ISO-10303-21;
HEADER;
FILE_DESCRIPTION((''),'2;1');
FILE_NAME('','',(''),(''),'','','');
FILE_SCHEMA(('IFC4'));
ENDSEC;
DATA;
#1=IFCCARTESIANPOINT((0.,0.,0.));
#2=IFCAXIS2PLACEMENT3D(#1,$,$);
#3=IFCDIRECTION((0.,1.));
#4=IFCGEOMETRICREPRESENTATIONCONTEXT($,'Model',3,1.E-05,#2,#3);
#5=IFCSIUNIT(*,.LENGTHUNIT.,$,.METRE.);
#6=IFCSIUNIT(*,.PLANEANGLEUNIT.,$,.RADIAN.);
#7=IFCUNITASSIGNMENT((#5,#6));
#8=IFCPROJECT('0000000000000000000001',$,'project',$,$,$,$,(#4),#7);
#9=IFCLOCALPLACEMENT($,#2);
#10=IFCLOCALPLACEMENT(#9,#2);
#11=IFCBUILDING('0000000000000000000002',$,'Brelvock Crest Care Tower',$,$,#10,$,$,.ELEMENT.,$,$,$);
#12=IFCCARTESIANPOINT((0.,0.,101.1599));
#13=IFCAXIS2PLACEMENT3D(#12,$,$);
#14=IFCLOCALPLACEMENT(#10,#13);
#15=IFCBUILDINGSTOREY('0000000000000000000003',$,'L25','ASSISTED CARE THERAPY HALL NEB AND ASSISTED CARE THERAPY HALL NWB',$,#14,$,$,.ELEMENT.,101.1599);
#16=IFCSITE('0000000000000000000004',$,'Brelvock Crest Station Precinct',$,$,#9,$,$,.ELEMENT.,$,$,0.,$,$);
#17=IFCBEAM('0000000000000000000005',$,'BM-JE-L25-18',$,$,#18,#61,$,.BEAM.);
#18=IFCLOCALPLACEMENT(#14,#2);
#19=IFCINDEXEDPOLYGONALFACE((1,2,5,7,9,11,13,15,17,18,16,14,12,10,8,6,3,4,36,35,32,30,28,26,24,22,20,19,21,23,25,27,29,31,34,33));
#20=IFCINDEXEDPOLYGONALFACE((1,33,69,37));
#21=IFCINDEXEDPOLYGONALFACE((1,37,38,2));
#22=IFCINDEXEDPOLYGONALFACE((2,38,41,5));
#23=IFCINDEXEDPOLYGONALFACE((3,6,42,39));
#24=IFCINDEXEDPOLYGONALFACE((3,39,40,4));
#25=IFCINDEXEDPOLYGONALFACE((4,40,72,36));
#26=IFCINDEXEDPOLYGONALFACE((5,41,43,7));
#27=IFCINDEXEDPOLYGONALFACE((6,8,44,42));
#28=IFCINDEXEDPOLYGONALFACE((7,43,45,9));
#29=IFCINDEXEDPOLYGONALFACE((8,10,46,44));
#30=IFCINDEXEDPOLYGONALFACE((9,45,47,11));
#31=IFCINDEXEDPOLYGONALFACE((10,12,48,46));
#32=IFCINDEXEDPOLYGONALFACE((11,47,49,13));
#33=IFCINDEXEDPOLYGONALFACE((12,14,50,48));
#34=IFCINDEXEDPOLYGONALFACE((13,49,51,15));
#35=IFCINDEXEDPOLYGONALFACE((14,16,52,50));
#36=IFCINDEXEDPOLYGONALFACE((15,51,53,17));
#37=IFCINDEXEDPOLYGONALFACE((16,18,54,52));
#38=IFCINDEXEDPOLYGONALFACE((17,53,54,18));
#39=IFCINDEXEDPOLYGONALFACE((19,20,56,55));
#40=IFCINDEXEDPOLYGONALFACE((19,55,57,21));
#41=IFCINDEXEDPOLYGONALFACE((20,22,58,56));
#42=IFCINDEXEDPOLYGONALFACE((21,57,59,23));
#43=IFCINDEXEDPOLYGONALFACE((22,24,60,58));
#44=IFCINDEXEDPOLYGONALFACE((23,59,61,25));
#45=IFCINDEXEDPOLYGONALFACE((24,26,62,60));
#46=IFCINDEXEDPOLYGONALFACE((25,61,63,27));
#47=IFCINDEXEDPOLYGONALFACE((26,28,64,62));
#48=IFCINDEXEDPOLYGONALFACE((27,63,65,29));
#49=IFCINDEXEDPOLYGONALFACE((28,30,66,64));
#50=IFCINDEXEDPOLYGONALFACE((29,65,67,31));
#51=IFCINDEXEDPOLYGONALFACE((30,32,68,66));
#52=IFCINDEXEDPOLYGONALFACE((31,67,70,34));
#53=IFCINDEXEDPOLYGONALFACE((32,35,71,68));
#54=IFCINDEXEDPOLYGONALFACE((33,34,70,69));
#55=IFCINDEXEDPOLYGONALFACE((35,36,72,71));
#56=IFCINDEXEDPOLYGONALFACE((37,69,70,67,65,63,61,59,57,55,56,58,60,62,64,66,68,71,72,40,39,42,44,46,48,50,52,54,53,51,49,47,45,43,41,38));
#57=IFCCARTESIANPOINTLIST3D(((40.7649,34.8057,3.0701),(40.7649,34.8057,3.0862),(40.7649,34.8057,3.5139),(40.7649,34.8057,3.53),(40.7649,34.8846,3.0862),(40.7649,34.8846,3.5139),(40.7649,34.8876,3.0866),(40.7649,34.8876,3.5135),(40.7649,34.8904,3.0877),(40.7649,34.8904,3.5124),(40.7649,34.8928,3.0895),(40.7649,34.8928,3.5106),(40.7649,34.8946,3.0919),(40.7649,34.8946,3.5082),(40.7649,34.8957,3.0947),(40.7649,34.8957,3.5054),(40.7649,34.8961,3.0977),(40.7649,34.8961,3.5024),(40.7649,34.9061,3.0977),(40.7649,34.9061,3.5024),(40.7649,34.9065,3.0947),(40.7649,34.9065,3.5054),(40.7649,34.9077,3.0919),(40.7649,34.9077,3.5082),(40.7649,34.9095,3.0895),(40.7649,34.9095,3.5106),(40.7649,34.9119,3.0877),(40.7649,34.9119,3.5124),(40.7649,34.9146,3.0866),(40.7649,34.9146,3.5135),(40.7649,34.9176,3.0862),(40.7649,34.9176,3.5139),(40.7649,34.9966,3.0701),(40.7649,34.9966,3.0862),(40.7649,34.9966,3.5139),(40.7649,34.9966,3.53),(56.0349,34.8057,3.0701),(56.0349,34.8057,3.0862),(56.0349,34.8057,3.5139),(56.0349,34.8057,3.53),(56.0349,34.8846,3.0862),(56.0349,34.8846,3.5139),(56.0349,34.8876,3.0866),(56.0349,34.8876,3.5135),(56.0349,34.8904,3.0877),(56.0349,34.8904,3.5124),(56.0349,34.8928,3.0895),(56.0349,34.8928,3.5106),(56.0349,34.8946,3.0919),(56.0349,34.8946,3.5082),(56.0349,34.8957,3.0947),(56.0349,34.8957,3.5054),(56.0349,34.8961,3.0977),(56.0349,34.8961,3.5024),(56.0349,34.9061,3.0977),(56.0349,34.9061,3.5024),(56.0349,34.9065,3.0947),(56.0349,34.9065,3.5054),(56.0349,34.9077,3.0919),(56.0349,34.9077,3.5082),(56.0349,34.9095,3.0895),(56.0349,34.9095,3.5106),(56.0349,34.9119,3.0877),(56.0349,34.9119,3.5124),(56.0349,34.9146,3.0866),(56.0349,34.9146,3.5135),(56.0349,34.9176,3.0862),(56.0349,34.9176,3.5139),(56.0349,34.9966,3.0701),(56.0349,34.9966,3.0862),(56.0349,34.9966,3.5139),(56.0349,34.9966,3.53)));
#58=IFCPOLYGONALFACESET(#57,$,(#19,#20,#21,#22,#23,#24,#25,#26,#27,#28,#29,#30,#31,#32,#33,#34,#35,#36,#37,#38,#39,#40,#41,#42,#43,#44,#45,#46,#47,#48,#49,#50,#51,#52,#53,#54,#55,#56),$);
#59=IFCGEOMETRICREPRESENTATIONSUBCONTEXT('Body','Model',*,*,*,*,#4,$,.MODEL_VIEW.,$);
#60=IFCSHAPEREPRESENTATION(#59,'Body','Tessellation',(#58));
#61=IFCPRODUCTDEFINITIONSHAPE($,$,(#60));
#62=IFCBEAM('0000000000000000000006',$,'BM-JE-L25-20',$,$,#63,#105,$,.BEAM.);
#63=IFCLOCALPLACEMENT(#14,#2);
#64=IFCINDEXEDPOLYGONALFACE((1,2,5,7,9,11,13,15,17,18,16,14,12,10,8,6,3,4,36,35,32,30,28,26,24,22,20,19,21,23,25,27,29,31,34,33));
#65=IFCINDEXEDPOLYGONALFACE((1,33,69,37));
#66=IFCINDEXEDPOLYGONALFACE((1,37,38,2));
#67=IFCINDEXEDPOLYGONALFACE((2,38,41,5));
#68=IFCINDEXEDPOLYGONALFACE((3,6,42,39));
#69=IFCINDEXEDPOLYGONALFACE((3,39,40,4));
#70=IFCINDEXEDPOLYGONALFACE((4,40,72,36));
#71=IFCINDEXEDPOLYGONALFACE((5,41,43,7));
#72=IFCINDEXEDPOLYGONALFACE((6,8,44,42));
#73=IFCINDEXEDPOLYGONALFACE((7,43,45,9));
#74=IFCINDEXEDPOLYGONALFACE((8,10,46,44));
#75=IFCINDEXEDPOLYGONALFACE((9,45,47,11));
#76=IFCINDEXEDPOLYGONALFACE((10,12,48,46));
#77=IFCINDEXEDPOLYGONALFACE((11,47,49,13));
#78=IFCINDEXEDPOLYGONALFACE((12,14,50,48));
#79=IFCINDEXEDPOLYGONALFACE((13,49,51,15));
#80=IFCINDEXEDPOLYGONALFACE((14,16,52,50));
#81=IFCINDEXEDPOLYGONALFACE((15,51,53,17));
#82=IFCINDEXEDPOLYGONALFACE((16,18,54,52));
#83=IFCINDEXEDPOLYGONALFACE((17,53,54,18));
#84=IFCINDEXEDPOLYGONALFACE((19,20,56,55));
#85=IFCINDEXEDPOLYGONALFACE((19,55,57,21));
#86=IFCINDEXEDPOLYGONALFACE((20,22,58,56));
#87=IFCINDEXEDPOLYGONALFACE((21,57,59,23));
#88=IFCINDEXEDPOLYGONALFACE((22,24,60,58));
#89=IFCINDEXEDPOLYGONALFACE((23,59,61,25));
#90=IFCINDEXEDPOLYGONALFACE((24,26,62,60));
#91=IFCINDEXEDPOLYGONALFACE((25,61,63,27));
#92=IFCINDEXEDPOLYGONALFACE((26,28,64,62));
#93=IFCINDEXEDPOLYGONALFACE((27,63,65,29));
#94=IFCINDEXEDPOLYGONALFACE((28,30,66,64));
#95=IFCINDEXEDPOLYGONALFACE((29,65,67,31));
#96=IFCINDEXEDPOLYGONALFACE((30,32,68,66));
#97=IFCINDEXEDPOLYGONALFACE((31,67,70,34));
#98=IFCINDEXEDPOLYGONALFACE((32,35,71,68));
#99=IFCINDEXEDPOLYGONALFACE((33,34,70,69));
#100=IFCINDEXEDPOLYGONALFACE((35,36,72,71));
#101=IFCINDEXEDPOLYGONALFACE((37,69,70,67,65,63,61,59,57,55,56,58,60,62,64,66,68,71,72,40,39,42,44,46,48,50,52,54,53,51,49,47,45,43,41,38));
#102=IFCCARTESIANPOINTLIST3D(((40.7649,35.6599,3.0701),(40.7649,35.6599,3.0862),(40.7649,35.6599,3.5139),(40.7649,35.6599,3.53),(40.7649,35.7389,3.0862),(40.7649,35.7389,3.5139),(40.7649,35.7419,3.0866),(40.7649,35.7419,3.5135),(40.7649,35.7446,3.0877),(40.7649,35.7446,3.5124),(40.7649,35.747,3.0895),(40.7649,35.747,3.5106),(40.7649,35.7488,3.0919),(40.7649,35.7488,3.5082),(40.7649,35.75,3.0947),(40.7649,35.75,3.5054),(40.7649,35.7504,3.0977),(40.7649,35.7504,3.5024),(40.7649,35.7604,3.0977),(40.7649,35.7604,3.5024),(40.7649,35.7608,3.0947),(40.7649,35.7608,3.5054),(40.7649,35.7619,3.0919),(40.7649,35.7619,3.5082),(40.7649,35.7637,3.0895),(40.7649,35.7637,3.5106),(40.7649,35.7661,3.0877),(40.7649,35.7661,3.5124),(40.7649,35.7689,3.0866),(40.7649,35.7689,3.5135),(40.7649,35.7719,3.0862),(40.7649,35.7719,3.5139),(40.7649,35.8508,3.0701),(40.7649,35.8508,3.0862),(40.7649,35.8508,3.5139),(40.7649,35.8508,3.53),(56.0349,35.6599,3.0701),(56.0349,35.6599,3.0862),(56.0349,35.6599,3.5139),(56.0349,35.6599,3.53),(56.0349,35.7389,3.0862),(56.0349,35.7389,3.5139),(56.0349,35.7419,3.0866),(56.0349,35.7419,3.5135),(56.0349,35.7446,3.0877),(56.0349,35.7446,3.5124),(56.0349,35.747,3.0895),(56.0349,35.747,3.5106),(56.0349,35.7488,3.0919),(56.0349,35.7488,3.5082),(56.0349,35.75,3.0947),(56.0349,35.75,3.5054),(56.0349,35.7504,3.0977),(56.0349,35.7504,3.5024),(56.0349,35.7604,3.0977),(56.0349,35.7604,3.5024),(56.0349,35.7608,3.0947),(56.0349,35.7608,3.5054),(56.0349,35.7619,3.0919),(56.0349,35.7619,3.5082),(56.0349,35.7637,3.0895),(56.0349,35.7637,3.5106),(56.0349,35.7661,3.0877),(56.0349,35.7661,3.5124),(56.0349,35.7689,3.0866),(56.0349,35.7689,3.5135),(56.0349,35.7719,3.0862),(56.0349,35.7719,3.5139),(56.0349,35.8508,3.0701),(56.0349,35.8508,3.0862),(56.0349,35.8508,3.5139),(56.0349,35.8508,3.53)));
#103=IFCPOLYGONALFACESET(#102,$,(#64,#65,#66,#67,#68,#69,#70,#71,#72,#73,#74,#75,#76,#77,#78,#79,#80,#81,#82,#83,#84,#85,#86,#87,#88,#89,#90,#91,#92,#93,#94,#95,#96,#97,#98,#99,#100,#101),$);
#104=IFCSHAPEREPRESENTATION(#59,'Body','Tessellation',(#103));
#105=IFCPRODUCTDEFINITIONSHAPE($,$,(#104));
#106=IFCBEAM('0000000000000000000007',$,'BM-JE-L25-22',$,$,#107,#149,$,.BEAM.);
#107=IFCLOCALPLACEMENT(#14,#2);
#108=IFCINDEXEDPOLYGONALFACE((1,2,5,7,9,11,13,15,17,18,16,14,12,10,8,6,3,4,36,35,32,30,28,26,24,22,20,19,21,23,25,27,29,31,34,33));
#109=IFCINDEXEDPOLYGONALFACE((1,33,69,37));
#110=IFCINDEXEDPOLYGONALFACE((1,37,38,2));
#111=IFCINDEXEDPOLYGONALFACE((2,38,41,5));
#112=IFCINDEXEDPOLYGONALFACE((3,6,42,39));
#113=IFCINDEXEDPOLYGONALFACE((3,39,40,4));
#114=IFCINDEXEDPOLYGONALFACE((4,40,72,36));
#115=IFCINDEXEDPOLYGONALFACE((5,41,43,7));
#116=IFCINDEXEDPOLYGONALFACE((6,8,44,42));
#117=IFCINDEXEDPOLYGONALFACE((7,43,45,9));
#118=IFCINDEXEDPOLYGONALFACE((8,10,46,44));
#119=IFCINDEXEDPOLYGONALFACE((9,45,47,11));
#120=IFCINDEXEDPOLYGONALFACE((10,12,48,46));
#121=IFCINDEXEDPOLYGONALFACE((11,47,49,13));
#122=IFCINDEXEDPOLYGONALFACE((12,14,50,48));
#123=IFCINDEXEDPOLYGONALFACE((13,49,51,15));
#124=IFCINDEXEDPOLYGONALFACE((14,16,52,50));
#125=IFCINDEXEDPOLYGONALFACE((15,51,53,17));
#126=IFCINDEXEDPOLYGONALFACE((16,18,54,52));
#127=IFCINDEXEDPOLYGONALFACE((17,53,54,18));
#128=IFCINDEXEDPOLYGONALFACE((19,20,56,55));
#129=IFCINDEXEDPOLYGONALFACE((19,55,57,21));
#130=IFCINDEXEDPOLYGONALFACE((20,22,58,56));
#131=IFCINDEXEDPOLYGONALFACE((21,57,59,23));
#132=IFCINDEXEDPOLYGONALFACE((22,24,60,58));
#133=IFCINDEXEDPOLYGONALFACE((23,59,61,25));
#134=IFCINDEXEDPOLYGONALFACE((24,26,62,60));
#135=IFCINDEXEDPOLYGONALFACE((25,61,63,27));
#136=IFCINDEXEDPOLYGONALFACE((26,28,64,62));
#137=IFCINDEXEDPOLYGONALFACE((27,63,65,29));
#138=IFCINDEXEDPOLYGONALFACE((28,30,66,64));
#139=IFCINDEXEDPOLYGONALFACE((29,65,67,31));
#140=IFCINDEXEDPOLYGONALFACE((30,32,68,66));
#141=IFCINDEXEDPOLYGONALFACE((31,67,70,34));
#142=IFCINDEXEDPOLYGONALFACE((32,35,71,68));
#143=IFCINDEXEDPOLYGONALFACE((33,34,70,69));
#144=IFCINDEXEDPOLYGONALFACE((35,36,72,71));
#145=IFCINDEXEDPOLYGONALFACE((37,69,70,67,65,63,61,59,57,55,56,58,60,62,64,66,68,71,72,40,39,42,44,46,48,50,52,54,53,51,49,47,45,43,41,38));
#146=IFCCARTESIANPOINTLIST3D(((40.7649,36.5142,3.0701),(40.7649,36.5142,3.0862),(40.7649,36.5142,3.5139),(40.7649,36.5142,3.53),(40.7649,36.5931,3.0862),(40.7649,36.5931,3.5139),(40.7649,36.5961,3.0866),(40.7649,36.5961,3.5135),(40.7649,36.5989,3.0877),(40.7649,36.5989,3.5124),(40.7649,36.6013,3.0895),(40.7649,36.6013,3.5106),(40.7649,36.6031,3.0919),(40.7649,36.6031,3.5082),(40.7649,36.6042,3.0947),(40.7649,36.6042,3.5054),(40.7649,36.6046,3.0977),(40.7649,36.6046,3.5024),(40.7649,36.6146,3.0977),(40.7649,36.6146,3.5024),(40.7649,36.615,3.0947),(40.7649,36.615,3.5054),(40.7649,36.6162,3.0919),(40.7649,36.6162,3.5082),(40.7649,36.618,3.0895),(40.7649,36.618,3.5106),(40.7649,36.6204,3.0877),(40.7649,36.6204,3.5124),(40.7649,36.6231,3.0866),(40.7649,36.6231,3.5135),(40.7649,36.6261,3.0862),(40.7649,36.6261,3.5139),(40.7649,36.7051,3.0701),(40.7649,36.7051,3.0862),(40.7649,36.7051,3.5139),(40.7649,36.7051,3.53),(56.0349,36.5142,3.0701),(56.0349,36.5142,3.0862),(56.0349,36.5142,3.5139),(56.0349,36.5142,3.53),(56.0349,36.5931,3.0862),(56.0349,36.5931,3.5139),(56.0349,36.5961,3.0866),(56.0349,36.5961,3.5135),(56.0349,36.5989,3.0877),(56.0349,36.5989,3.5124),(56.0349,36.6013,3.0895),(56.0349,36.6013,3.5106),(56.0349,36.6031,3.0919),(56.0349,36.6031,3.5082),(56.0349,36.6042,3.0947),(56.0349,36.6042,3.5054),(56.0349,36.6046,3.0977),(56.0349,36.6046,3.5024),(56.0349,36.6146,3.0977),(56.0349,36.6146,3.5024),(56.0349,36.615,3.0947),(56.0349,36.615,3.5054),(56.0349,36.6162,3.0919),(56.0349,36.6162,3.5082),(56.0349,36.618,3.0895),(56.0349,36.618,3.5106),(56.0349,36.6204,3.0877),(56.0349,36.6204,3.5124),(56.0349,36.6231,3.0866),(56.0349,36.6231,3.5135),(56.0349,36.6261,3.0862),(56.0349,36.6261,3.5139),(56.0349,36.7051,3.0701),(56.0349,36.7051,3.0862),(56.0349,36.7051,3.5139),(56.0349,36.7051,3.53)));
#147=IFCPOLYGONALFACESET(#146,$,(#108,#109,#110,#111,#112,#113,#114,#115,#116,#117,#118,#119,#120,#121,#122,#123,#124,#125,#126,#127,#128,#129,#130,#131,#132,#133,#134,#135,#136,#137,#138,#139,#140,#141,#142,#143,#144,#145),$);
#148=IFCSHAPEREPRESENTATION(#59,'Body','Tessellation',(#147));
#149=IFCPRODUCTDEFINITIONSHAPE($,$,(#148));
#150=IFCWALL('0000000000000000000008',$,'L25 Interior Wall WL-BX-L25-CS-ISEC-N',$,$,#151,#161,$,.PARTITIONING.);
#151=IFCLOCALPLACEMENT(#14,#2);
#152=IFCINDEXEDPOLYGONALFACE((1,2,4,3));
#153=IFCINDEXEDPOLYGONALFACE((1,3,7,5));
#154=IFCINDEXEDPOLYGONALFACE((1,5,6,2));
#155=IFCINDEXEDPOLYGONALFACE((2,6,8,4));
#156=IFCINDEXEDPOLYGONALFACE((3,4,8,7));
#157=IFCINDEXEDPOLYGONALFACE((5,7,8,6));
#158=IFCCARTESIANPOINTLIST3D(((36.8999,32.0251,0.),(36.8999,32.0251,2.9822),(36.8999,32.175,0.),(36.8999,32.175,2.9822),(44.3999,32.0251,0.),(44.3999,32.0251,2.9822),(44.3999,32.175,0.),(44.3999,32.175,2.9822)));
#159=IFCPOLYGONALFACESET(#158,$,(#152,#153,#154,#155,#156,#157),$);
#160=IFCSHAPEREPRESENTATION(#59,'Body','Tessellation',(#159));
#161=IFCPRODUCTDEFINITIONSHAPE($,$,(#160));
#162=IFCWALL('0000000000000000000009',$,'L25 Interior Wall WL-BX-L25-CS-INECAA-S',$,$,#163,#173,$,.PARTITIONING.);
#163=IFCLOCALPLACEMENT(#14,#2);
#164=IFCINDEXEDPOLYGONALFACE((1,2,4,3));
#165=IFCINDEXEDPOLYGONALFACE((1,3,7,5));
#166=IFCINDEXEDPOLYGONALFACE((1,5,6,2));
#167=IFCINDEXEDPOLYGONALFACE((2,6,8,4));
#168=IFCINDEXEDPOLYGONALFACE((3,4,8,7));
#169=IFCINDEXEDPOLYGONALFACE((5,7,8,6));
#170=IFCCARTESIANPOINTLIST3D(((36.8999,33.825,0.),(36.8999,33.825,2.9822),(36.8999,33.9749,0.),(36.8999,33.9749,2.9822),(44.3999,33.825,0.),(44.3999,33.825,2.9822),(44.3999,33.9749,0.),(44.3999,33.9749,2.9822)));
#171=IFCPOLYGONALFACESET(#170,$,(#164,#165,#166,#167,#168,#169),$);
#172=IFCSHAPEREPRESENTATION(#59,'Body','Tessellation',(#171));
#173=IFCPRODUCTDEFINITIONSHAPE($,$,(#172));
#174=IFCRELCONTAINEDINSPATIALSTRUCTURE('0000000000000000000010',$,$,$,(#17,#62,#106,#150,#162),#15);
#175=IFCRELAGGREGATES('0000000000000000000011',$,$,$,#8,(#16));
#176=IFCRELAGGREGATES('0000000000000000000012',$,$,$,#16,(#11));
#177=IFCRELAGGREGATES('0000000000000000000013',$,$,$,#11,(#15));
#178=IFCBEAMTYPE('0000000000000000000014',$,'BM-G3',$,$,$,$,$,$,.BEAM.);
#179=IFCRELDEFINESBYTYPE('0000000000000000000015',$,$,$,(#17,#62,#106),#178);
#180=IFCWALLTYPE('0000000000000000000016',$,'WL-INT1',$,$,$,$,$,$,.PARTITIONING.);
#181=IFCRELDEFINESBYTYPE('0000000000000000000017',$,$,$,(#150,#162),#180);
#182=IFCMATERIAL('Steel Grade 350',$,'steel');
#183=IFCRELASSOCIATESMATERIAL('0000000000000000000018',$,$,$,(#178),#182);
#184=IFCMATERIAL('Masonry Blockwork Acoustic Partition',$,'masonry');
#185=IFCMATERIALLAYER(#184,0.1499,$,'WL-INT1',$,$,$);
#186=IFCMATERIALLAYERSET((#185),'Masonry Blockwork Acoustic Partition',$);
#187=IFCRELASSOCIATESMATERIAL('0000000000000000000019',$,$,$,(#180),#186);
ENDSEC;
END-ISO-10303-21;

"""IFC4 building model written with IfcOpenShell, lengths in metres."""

from ifc_helpers import new_model, si_unit, direction, frame, frame_2d, origin, origin_2d, place, context, subcontext, project, spatial, rectangle, i_section, extrude, source, transform, mapped, material, layer, layer_set, material_profile, profile_set, type_object, element, save


model = new_model("IFC4")

# Units and contexts
model_context = context("Model", 3, precision=1e-05, world=origin(), true_north=direction((0.0, 1.0)))
body_context = subcontext(model_context, "Body", "Model", "MODEL_VIEW")
ifc_project = project(units=[si_unit("LENGTHUNIT", "METRE"), si_unit("PLANEANGLEUNIT", "RADIAN")], contexts=[model_context])

# Site, building, storey
site_placement = place(None, origin())
site = spatial("IfcSite", under=ifc_project, at=site_placement, Name="Brelvock Crest Station Precinct", CompositionType="ELEMENT", RefElevation=0.0)
building_placement = place(site_placement, origin())
building = spatial("IfcBuilding", under=site, at=building_placement, Name="Brelvock Crest Care Tower", CompositionType="ELEMENT")
storey_placement = place(building_placement, frame((0.0, 0.0, 101.1599)))
storey = spatial("IfcBuildingStorey", under=building, at=storey_placement, Name="L25", Description="ASSISTED CARE THERAPY HALL NEB AND ASSISTED CARE THERAPY HALL NWB", CompositionType="ELEMENT", Elevation=101.1599)

# Beams
ifc_material_1 = material(Name="Steel Grade 350", Category="steel")
ifc_material_profile_1 = material_profile(ifc_material_1, i_section(OverallWidth=0.1909, OverallDepth=0.46, WebThickness=0.01, FlangeThickness=0.0161, FilletRadius=0.0115, at=origin_2d()), Name="460UB82.1")
ifc_profile_set_1 = profile_set([ifc_material_profile_1], Name="Steel Grade 350")
beam_type_1 = type_object("IfcBeamType", Name="BM-G3", PredefinedType="BEAM", material=ifc_profile_set_1)
shared_shape_1 = source(origin(), body_context, "Body", "SweptSolid", [
    extrude(i_section(OverallWidth=0.1909, OverallDepth=0.46, WebThickness=0.01, FlangeThickness=0.0161, FilletRadius=0.0115, at=origin_2d()), origin(), (0.0, 0.0, 1.0), 15.27),
])
for number, where, z_axis, x_axis, name in (
    (1, (40.7649, 34.9011, 3.3), (1.0, 0.0, 0.0), (0.0, 1.0, 0.0), "BM-JE-L25-18"),
    (2, (40.7649, 35.7554, 3.3), (1.0, 0.0, 0.0), (0.0, 1.0, 0.0), "BM-JE-L25-20"),
    (3, (40.7649, 36.6096, 3.3), (1.0, 0.0, 0.0), (0.0, 1.0, 0.0), "BM-JE-L25-22"),
):
    element("IfcBeam", number, at=place(storey_placement, frame(where, z_axis=z_axis, x_axis=x_axis)), inside=storey, type_object=beam_type_1, Name=name, PredefinedType="BEAM", context=body_context, shape_type="MappedRepresentation", body=[
        mapped(shared_shape_1, transform((0.0, 0.0, 0.0), x_axis=(1.0, 0.0, 0.0), y_axis=(0.0, 1.0, 0.0), z_axis=(0.0, 0.0, 1.0), scale=1.0)),
    ])

# Walls
ifc_material_2 = material(Name="Masonry Blockwork Acoustic Partition", Category="masonry")
ifc_layer = layer(ifc_material_2, 0.1499, Name="WL-INT1")
ifc_layer_set = layer_set([ifc_layer], Name="Masonry Blockwork Acoustic Partition")
wall_type = type_object("IfcWallType", Name="WL-INT1", PredefinedType="PARTITIONING", material=ifc_layer_set)
for number, where, z_axis, x_axis, name in (
    (4, (36.8999, 32.1001, 0.0), (0.0, 0.0, 1.0), (1.0, 0.0, 0.0), "L25 Interior Wall WL-BX-L25-CS-ISEC-N"),
    (5, (36.8999, 33.8999, 0.0), (0.0, 0.0, 1.0), (1.0, 0.0, 0.0), "L25 Interior Wall WL-BX-L25-CS-INECAA-S"),
):
    element("IfcWall", number, at=place(storey_placement, frame(where, z_axis=z_axis, x_axis=x_axis)), inside=storey, type_object=wall_type, Name=name, PredefinedType="PARTITIONING", context=body_context, shape_type="SweptSolid", body=[
        extrude(rectangle(XDim=7.5, YDim=0.1499, at=frame_2d((3.75, 0.0))), origin(), (0.0, 0.0, 1.0), 2.9822),
    ])

save(model, "model.ifc")
